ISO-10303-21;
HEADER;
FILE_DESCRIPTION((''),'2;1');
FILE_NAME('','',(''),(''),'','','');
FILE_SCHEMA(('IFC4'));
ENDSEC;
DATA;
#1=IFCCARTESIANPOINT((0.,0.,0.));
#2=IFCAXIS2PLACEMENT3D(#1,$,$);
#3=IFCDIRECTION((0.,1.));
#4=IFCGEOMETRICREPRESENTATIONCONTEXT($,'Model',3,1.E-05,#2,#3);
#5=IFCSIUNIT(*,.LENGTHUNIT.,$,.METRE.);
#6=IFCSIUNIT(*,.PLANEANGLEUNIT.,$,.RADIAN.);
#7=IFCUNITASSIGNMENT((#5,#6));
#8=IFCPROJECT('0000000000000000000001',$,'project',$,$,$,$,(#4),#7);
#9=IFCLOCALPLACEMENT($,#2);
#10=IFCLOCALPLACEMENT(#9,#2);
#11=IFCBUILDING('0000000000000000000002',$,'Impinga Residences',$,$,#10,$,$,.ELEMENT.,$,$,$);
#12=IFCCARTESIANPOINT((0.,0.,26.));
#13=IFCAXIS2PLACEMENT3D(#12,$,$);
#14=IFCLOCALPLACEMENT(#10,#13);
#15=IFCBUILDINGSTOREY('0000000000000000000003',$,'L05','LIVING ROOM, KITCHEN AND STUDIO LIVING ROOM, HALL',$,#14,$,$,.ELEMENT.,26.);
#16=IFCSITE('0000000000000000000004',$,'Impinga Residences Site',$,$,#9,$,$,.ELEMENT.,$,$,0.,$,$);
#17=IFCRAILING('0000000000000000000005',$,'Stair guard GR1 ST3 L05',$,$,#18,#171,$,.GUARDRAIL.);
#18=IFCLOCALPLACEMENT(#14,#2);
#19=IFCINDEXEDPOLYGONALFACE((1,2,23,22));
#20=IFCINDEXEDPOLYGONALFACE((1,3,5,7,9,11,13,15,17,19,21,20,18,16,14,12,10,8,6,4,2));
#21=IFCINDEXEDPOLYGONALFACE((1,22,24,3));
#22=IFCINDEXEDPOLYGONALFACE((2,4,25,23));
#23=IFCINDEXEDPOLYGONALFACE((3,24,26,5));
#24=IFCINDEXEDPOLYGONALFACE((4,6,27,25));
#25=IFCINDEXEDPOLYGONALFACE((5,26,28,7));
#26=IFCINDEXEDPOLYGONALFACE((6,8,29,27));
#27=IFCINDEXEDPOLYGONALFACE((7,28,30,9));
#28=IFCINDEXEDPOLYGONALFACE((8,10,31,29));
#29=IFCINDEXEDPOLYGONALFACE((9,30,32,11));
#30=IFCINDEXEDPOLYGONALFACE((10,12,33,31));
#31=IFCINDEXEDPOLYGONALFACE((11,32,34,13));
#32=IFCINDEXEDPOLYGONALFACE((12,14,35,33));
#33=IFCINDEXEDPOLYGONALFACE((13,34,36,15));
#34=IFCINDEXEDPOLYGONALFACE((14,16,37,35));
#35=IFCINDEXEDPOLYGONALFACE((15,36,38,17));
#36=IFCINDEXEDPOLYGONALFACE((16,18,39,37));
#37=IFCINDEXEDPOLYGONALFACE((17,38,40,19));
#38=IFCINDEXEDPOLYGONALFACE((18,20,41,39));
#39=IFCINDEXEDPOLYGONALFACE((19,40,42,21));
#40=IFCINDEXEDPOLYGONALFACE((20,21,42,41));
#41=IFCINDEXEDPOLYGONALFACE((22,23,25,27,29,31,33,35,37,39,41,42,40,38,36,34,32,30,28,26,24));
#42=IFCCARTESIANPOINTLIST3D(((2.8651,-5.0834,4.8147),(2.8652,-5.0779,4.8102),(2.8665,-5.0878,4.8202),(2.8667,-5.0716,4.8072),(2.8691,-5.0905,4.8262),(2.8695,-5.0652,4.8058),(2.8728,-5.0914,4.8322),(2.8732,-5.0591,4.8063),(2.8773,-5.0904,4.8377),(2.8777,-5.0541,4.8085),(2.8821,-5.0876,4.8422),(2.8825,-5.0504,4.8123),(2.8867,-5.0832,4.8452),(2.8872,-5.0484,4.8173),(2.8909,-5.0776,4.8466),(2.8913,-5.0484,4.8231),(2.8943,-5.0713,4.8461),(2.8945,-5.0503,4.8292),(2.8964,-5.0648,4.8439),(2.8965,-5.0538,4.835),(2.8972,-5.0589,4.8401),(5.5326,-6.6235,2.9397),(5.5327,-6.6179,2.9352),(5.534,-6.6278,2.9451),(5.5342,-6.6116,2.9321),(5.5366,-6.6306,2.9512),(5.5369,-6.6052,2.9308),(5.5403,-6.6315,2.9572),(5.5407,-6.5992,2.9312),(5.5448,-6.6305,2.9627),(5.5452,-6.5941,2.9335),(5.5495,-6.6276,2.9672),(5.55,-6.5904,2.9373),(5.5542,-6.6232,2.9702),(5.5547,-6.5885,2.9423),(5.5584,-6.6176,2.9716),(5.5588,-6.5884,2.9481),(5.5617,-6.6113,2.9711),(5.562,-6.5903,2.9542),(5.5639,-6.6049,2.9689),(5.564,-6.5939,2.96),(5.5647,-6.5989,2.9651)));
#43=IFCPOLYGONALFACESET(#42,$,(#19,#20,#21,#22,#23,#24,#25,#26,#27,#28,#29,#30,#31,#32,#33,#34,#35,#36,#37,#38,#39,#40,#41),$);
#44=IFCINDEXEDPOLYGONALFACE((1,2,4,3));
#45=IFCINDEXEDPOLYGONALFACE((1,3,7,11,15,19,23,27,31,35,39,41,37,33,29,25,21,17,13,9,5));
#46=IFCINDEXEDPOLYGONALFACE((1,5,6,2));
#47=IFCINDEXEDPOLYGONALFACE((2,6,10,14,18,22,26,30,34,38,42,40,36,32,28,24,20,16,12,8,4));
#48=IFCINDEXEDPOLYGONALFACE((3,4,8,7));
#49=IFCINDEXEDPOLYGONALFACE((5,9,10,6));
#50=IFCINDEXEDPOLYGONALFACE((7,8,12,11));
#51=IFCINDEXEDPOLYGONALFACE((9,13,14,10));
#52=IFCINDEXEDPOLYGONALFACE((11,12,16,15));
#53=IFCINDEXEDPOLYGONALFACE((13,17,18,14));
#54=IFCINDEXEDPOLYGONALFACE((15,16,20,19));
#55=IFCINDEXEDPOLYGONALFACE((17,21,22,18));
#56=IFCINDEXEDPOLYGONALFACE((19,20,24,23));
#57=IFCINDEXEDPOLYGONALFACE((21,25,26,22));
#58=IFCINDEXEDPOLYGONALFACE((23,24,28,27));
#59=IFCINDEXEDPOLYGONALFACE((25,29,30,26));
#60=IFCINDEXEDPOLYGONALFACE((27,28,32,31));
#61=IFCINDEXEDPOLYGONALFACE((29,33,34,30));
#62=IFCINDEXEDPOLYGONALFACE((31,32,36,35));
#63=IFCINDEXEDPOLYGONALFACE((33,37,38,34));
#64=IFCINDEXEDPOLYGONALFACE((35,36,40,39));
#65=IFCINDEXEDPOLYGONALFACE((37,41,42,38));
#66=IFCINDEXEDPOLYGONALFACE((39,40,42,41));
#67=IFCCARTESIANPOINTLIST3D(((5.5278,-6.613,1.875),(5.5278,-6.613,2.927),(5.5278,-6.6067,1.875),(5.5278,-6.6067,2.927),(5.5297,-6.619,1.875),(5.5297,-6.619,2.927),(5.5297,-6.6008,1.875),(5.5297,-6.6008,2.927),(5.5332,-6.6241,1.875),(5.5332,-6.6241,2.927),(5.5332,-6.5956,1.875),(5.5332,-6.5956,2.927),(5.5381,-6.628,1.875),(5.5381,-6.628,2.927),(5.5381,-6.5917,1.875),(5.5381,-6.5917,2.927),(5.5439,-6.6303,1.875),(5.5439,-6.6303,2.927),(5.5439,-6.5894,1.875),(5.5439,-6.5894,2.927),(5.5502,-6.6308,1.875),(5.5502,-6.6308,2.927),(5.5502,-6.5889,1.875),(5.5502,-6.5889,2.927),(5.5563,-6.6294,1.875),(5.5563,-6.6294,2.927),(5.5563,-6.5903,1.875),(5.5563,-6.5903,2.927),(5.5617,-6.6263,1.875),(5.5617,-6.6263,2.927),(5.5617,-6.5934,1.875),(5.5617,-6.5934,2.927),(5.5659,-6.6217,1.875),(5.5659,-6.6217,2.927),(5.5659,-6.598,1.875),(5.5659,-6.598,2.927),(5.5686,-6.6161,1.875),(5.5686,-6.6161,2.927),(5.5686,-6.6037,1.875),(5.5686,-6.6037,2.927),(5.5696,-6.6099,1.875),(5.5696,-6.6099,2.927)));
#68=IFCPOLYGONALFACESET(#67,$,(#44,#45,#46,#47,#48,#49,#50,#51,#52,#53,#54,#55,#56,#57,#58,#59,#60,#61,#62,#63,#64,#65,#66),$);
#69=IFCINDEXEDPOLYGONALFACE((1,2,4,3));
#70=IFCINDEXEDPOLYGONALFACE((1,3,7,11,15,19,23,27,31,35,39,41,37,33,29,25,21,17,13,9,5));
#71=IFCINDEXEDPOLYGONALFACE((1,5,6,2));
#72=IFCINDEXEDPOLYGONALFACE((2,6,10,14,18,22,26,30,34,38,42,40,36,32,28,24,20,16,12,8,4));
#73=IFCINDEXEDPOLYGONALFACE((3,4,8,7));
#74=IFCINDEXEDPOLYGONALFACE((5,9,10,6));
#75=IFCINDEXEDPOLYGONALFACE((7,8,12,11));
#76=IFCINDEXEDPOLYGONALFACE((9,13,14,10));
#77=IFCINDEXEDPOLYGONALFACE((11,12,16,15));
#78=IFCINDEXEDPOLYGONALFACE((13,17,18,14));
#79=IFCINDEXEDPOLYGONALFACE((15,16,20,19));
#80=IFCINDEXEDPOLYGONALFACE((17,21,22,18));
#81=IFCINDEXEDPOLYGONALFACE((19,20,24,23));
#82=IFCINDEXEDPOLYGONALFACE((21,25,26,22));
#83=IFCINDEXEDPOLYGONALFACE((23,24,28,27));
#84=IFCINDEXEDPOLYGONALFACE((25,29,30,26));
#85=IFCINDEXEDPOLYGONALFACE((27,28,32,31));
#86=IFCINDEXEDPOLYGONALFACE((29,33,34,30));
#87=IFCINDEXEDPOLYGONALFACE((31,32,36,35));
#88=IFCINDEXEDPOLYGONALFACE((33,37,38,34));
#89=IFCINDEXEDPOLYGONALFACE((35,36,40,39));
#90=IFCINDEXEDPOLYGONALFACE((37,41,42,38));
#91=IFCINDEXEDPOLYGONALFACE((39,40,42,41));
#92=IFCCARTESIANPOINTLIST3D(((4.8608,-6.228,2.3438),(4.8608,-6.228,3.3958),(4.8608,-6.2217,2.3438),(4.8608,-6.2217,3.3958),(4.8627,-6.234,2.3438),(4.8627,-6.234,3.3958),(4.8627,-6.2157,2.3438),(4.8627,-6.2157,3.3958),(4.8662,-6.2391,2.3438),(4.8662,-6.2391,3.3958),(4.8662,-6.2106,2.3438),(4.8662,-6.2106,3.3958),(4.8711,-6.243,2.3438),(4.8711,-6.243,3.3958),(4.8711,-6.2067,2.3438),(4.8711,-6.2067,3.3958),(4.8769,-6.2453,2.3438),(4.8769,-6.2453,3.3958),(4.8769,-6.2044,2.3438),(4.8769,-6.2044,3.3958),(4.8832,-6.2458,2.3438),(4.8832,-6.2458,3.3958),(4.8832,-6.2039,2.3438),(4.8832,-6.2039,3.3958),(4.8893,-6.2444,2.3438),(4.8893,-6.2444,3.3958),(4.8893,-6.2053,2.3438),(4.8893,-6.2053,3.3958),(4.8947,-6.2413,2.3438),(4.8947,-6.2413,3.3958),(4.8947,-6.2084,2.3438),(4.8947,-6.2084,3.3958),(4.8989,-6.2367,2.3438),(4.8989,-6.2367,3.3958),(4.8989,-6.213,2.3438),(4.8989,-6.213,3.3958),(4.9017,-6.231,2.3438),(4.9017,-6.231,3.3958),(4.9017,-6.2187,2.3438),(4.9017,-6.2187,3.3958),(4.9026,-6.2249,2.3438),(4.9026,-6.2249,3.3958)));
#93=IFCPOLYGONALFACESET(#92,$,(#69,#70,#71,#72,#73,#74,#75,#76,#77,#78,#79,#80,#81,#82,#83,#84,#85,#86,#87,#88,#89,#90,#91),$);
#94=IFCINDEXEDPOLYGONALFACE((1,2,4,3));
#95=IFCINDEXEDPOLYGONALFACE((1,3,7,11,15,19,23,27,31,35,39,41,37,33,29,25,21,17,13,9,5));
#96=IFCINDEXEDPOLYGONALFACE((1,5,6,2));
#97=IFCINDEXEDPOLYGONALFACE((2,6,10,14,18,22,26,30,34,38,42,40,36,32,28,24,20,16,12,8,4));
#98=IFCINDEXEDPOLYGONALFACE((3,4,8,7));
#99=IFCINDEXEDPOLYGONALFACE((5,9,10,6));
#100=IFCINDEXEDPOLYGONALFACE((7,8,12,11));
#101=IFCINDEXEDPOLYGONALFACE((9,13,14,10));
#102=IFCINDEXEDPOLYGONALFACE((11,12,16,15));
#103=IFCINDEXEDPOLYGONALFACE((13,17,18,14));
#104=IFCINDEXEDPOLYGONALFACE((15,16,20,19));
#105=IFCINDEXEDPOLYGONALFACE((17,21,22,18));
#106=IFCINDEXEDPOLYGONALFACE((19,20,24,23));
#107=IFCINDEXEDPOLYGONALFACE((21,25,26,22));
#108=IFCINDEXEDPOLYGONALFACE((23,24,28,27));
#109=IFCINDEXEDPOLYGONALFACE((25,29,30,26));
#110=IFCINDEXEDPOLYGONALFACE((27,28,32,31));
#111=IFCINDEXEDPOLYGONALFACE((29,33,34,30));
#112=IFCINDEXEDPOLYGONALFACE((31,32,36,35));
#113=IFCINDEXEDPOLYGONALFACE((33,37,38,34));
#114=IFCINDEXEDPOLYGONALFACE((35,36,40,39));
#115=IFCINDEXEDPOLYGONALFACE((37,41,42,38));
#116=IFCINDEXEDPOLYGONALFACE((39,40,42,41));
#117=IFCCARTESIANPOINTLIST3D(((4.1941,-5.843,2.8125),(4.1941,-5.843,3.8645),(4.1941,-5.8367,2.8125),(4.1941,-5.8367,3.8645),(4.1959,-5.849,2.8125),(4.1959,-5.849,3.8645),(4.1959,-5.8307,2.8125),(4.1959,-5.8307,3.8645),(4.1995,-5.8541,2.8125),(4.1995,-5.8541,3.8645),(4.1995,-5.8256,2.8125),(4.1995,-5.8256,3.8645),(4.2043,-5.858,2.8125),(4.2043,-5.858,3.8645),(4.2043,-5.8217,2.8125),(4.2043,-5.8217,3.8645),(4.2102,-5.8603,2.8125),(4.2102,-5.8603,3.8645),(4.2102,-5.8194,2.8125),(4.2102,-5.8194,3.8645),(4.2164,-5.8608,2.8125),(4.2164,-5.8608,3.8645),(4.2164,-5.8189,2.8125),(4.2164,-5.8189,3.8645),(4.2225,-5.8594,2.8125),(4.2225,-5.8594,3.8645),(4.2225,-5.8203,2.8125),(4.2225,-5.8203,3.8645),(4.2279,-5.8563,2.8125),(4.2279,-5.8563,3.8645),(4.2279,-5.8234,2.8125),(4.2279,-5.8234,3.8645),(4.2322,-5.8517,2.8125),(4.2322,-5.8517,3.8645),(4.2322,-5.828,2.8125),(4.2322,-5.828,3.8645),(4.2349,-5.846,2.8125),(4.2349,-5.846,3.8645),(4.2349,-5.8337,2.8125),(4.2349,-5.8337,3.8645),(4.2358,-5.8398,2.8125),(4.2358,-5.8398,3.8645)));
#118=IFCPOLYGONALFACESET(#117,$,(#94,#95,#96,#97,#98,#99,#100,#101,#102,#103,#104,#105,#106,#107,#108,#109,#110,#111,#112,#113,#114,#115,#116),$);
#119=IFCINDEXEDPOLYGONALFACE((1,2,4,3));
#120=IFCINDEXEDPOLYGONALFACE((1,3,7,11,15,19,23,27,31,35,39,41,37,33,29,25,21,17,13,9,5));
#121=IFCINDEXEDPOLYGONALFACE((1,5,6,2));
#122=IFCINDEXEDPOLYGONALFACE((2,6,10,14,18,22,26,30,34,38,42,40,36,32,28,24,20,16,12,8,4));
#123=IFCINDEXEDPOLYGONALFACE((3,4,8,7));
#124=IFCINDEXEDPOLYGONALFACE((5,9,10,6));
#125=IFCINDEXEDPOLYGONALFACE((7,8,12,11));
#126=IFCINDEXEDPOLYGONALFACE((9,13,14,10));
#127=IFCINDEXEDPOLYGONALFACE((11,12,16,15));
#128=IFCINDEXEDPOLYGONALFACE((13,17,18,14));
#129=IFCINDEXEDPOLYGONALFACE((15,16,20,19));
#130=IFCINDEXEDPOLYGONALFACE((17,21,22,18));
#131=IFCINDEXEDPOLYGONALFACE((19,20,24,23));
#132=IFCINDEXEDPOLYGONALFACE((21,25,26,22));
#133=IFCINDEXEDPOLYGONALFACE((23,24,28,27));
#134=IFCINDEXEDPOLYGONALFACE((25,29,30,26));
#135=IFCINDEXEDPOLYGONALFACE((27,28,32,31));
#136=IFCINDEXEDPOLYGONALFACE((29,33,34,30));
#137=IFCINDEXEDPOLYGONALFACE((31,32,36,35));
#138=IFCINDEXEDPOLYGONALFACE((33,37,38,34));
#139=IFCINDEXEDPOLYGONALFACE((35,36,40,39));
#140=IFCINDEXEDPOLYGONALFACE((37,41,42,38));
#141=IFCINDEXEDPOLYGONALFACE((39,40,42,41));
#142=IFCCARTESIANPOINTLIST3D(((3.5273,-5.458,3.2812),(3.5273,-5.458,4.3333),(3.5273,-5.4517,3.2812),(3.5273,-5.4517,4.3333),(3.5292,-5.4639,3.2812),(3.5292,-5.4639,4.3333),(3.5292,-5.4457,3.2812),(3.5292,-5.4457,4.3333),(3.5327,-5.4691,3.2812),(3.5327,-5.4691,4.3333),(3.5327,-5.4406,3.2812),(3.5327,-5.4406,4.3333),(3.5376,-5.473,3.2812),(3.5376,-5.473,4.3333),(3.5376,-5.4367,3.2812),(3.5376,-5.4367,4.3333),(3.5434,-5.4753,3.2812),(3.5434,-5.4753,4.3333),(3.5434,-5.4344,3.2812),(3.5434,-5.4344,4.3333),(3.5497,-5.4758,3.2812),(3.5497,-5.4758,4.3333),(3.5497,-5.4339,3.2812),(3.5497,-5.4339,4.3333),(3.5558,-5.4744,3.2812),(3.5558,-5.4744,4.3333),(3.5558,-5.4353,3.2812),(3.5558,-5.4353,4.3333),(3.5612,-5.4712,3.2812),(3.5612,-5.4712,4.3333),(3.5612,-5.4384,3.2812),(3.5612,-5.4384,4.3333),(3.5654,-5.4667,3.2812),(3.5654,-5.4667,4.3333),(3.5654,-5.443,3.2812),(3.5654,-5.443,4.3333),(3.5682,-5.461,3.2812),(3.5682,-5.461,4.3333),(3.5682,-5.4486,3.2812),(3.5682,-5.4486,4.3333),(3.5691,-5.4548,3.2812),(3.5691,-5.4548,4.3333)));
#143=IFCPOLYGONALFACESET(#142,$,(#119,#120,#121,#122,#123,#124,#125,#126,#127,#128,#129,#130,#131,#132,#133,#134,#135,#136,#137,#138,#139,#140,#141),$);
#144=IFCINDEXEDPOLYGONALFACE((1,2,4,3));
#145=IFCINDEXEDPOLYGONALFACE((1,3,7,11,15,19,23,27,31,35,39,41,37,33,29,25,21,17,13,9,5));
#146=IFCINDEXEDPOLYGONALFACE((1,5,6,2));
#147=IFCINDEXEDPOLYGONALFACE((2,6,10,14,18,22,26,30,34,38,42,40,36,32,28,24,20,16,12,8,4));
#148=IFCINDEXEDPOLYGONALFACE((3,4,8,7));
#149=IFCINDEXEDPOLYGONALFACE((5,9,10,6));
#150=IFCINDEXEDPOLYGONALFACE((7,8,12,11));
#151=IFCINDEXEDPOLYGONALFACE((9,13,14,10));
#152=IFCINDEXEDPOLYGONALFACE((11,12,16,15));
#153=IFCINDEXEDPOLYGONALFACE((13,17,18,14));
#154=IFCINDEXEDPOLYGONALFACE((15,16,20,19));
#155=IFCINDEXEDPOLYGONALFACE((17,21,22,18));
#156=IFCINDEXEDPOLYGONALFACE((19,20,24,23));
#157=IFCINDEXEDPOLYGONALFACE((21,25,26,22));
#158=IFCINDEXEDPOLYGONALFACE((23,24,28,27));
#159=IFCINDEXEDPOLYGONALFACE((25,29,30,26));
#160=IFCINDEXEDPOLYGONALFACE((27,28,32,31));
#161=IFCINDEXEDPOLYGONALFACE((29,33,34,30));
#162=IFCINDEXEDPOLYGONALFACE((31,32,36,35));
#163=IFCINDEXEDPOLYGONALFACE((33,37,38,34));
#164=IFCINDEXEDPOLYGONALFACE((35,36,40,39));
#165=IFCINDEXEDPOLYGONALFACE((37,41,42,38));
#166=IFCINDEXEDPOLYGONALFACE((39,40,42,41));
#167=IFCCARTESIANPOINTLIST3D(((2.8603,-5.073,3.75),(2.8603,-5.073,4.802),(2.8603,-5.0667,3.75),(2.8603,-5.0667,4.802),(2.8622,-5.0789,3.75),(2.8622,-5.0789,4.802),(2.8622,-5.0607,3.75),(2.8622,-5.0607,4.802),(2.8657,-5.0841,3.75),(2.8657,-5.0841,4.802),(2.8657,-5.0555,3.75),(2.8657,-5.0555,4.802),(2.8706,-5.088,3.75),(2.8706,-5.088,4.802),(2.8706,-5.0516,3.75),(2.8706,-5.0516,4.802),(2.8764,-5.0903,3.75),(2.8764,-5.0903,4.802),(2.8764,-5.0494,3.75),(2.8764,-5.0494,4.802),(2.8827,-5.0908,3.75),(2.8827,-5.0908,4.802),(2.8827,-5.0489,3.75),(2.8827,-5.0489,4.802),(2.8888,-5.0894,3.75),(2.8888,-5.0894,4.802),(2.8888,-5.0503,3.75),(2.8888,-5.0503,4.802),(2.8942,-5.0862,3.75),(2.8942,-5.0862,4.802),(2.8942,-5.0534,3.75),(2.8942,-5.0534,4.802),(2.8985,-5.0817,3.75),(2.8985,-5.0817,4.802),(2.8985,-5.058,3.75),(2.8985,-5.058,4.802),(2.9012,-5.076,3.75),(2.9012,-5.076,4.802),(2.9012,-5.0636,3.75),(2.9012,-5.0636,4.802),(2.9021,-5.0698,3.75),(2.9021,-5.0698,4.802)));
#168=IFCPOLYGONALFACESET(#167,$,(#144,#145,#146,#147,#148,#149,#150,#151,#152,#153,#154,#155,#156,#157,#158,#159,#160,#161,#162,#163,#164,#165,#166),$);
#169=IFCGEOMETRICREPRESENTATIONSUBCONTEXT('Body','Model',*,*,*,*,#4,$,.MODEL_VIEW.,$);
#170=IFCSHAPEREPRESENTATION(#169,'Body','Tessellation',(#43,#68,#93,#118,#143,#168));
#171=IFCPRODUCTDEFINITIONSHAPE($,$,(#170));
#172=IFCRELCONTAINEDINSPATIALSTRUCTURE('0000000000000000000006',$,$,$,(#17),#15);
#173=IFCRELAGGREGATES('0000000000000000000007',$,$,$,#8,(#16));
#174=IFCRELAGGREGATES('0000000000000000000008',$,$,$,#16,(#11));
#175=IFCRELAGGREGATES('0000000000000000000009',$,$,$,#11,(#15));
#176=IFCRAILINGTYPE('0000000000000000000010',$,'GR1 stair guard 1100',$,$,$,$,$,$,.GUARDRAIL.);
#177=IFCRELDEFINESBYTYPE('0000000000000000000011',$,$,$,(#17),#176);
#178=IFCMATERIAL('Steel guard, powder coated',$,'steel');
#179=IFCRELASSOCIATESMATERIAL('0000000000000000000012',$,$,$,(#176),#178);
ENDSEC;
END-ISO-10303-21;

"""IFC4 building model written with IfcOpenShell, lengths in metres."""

from ifc_helpers import new_model, si_unit, direction, frame, origin, origin_2d, place, context, subcontext, project, spatial, circle, extrude, material, type_object, element, save


model = new_model("IFC4")

# Units and contexts
model_context = context("Model", 3, precision=1e-05, world=origin(), true_north=direction((0.0, 1.0)))
body_context = subcontext(model_context, "Body", "Model", "MODEL_VIEW")
ifc_project = project(units=[si_unit("LENGTHUNIT", "METRE"), si_unit("PLANEANGLEUNIT", "RADIAN")], contexts=[model_context])

# Site, building, storey
site_placement = place(None, origin())
site = spatial("IfcSite", under=ifc_project, at=site_placement, Name="Impinga Residences Site", CompositionType="ELEMENT", RefElevation=0.0)
building_placement = place(site_placement, origin())
building = spatial("IfcBuilding", under=site, at=building_placement, Name="Impinga Residences", CompositionType="ELEMENT")
storey_placement = place(building_placement, frame((0.0, 0.0, 26.0)))
storey = spatial("IfcBuildingStorey", under=building, at=storey_placement, Name="L05", Description="LIVING ROOM, KITCHEN AND STUDIO LIVING ROOM, HALL", CompositionType="ELEMENT", Elevation=26.0)

# Railing
ifc_material_1 = material(Name="Steel guard, powder coated", Category="steel")
railing_type_1 = type_object("IfcRailingType", Name="GR1 stair guard 1100", PredefinedType="GUARDRAIL", material=ifc_material_1)
railing_1_placement = place(storey_placement, frame((5.5486, -6.6099, 1.875)))
element("IfcRailing", 1, at=railing_1_placement, inside=storey, type_object=railing_type_1, Name="Stair guard GR1 ST3 L05", PredefinedType="GUARDRAIL", context=body_context, shape_type="SweptSolid", body=[
    extrude(circle(Radius=0.0239, at=origin_2d()), frame((0.0, 0.0, 1.0762), z_axis=(-0.739746, 0.427084, 0.519975), x_axis=(-0.499992, -0.86603, 0.0)), (0.0, 0.0, 1.0), 3.606),
    extrude(circle(Radius=0.021, at=origin_2d()), origin(), (0.0, 0.0, 1.0), 1.052),
    extrude(circle(Radius=0.021, at=origin_2d()), frame((-0.667, 0.385, 0.4688)), (0.0, 0.0, 1.0), 1.052),
    extrude(circle(Radius=0.021, at=origin_2d()), frame((-1.3337, 0.77, 0.9375)), (0.0, 0.0, 1.0), 1.052),
    extrude(circle(Radius=0.021, at=origin_2d()), frame((-2.0005, 1.155, 1.4062)), (0.0, 0.0, 1.0), 1.052),
    extrude(circle(Radius=0.021, at=origin_2d()), frame((-2.6675, 1.54, 1.875)), (0.0, 0.0, 1.0), 1.052),
])

save(model, "model.ifc")
